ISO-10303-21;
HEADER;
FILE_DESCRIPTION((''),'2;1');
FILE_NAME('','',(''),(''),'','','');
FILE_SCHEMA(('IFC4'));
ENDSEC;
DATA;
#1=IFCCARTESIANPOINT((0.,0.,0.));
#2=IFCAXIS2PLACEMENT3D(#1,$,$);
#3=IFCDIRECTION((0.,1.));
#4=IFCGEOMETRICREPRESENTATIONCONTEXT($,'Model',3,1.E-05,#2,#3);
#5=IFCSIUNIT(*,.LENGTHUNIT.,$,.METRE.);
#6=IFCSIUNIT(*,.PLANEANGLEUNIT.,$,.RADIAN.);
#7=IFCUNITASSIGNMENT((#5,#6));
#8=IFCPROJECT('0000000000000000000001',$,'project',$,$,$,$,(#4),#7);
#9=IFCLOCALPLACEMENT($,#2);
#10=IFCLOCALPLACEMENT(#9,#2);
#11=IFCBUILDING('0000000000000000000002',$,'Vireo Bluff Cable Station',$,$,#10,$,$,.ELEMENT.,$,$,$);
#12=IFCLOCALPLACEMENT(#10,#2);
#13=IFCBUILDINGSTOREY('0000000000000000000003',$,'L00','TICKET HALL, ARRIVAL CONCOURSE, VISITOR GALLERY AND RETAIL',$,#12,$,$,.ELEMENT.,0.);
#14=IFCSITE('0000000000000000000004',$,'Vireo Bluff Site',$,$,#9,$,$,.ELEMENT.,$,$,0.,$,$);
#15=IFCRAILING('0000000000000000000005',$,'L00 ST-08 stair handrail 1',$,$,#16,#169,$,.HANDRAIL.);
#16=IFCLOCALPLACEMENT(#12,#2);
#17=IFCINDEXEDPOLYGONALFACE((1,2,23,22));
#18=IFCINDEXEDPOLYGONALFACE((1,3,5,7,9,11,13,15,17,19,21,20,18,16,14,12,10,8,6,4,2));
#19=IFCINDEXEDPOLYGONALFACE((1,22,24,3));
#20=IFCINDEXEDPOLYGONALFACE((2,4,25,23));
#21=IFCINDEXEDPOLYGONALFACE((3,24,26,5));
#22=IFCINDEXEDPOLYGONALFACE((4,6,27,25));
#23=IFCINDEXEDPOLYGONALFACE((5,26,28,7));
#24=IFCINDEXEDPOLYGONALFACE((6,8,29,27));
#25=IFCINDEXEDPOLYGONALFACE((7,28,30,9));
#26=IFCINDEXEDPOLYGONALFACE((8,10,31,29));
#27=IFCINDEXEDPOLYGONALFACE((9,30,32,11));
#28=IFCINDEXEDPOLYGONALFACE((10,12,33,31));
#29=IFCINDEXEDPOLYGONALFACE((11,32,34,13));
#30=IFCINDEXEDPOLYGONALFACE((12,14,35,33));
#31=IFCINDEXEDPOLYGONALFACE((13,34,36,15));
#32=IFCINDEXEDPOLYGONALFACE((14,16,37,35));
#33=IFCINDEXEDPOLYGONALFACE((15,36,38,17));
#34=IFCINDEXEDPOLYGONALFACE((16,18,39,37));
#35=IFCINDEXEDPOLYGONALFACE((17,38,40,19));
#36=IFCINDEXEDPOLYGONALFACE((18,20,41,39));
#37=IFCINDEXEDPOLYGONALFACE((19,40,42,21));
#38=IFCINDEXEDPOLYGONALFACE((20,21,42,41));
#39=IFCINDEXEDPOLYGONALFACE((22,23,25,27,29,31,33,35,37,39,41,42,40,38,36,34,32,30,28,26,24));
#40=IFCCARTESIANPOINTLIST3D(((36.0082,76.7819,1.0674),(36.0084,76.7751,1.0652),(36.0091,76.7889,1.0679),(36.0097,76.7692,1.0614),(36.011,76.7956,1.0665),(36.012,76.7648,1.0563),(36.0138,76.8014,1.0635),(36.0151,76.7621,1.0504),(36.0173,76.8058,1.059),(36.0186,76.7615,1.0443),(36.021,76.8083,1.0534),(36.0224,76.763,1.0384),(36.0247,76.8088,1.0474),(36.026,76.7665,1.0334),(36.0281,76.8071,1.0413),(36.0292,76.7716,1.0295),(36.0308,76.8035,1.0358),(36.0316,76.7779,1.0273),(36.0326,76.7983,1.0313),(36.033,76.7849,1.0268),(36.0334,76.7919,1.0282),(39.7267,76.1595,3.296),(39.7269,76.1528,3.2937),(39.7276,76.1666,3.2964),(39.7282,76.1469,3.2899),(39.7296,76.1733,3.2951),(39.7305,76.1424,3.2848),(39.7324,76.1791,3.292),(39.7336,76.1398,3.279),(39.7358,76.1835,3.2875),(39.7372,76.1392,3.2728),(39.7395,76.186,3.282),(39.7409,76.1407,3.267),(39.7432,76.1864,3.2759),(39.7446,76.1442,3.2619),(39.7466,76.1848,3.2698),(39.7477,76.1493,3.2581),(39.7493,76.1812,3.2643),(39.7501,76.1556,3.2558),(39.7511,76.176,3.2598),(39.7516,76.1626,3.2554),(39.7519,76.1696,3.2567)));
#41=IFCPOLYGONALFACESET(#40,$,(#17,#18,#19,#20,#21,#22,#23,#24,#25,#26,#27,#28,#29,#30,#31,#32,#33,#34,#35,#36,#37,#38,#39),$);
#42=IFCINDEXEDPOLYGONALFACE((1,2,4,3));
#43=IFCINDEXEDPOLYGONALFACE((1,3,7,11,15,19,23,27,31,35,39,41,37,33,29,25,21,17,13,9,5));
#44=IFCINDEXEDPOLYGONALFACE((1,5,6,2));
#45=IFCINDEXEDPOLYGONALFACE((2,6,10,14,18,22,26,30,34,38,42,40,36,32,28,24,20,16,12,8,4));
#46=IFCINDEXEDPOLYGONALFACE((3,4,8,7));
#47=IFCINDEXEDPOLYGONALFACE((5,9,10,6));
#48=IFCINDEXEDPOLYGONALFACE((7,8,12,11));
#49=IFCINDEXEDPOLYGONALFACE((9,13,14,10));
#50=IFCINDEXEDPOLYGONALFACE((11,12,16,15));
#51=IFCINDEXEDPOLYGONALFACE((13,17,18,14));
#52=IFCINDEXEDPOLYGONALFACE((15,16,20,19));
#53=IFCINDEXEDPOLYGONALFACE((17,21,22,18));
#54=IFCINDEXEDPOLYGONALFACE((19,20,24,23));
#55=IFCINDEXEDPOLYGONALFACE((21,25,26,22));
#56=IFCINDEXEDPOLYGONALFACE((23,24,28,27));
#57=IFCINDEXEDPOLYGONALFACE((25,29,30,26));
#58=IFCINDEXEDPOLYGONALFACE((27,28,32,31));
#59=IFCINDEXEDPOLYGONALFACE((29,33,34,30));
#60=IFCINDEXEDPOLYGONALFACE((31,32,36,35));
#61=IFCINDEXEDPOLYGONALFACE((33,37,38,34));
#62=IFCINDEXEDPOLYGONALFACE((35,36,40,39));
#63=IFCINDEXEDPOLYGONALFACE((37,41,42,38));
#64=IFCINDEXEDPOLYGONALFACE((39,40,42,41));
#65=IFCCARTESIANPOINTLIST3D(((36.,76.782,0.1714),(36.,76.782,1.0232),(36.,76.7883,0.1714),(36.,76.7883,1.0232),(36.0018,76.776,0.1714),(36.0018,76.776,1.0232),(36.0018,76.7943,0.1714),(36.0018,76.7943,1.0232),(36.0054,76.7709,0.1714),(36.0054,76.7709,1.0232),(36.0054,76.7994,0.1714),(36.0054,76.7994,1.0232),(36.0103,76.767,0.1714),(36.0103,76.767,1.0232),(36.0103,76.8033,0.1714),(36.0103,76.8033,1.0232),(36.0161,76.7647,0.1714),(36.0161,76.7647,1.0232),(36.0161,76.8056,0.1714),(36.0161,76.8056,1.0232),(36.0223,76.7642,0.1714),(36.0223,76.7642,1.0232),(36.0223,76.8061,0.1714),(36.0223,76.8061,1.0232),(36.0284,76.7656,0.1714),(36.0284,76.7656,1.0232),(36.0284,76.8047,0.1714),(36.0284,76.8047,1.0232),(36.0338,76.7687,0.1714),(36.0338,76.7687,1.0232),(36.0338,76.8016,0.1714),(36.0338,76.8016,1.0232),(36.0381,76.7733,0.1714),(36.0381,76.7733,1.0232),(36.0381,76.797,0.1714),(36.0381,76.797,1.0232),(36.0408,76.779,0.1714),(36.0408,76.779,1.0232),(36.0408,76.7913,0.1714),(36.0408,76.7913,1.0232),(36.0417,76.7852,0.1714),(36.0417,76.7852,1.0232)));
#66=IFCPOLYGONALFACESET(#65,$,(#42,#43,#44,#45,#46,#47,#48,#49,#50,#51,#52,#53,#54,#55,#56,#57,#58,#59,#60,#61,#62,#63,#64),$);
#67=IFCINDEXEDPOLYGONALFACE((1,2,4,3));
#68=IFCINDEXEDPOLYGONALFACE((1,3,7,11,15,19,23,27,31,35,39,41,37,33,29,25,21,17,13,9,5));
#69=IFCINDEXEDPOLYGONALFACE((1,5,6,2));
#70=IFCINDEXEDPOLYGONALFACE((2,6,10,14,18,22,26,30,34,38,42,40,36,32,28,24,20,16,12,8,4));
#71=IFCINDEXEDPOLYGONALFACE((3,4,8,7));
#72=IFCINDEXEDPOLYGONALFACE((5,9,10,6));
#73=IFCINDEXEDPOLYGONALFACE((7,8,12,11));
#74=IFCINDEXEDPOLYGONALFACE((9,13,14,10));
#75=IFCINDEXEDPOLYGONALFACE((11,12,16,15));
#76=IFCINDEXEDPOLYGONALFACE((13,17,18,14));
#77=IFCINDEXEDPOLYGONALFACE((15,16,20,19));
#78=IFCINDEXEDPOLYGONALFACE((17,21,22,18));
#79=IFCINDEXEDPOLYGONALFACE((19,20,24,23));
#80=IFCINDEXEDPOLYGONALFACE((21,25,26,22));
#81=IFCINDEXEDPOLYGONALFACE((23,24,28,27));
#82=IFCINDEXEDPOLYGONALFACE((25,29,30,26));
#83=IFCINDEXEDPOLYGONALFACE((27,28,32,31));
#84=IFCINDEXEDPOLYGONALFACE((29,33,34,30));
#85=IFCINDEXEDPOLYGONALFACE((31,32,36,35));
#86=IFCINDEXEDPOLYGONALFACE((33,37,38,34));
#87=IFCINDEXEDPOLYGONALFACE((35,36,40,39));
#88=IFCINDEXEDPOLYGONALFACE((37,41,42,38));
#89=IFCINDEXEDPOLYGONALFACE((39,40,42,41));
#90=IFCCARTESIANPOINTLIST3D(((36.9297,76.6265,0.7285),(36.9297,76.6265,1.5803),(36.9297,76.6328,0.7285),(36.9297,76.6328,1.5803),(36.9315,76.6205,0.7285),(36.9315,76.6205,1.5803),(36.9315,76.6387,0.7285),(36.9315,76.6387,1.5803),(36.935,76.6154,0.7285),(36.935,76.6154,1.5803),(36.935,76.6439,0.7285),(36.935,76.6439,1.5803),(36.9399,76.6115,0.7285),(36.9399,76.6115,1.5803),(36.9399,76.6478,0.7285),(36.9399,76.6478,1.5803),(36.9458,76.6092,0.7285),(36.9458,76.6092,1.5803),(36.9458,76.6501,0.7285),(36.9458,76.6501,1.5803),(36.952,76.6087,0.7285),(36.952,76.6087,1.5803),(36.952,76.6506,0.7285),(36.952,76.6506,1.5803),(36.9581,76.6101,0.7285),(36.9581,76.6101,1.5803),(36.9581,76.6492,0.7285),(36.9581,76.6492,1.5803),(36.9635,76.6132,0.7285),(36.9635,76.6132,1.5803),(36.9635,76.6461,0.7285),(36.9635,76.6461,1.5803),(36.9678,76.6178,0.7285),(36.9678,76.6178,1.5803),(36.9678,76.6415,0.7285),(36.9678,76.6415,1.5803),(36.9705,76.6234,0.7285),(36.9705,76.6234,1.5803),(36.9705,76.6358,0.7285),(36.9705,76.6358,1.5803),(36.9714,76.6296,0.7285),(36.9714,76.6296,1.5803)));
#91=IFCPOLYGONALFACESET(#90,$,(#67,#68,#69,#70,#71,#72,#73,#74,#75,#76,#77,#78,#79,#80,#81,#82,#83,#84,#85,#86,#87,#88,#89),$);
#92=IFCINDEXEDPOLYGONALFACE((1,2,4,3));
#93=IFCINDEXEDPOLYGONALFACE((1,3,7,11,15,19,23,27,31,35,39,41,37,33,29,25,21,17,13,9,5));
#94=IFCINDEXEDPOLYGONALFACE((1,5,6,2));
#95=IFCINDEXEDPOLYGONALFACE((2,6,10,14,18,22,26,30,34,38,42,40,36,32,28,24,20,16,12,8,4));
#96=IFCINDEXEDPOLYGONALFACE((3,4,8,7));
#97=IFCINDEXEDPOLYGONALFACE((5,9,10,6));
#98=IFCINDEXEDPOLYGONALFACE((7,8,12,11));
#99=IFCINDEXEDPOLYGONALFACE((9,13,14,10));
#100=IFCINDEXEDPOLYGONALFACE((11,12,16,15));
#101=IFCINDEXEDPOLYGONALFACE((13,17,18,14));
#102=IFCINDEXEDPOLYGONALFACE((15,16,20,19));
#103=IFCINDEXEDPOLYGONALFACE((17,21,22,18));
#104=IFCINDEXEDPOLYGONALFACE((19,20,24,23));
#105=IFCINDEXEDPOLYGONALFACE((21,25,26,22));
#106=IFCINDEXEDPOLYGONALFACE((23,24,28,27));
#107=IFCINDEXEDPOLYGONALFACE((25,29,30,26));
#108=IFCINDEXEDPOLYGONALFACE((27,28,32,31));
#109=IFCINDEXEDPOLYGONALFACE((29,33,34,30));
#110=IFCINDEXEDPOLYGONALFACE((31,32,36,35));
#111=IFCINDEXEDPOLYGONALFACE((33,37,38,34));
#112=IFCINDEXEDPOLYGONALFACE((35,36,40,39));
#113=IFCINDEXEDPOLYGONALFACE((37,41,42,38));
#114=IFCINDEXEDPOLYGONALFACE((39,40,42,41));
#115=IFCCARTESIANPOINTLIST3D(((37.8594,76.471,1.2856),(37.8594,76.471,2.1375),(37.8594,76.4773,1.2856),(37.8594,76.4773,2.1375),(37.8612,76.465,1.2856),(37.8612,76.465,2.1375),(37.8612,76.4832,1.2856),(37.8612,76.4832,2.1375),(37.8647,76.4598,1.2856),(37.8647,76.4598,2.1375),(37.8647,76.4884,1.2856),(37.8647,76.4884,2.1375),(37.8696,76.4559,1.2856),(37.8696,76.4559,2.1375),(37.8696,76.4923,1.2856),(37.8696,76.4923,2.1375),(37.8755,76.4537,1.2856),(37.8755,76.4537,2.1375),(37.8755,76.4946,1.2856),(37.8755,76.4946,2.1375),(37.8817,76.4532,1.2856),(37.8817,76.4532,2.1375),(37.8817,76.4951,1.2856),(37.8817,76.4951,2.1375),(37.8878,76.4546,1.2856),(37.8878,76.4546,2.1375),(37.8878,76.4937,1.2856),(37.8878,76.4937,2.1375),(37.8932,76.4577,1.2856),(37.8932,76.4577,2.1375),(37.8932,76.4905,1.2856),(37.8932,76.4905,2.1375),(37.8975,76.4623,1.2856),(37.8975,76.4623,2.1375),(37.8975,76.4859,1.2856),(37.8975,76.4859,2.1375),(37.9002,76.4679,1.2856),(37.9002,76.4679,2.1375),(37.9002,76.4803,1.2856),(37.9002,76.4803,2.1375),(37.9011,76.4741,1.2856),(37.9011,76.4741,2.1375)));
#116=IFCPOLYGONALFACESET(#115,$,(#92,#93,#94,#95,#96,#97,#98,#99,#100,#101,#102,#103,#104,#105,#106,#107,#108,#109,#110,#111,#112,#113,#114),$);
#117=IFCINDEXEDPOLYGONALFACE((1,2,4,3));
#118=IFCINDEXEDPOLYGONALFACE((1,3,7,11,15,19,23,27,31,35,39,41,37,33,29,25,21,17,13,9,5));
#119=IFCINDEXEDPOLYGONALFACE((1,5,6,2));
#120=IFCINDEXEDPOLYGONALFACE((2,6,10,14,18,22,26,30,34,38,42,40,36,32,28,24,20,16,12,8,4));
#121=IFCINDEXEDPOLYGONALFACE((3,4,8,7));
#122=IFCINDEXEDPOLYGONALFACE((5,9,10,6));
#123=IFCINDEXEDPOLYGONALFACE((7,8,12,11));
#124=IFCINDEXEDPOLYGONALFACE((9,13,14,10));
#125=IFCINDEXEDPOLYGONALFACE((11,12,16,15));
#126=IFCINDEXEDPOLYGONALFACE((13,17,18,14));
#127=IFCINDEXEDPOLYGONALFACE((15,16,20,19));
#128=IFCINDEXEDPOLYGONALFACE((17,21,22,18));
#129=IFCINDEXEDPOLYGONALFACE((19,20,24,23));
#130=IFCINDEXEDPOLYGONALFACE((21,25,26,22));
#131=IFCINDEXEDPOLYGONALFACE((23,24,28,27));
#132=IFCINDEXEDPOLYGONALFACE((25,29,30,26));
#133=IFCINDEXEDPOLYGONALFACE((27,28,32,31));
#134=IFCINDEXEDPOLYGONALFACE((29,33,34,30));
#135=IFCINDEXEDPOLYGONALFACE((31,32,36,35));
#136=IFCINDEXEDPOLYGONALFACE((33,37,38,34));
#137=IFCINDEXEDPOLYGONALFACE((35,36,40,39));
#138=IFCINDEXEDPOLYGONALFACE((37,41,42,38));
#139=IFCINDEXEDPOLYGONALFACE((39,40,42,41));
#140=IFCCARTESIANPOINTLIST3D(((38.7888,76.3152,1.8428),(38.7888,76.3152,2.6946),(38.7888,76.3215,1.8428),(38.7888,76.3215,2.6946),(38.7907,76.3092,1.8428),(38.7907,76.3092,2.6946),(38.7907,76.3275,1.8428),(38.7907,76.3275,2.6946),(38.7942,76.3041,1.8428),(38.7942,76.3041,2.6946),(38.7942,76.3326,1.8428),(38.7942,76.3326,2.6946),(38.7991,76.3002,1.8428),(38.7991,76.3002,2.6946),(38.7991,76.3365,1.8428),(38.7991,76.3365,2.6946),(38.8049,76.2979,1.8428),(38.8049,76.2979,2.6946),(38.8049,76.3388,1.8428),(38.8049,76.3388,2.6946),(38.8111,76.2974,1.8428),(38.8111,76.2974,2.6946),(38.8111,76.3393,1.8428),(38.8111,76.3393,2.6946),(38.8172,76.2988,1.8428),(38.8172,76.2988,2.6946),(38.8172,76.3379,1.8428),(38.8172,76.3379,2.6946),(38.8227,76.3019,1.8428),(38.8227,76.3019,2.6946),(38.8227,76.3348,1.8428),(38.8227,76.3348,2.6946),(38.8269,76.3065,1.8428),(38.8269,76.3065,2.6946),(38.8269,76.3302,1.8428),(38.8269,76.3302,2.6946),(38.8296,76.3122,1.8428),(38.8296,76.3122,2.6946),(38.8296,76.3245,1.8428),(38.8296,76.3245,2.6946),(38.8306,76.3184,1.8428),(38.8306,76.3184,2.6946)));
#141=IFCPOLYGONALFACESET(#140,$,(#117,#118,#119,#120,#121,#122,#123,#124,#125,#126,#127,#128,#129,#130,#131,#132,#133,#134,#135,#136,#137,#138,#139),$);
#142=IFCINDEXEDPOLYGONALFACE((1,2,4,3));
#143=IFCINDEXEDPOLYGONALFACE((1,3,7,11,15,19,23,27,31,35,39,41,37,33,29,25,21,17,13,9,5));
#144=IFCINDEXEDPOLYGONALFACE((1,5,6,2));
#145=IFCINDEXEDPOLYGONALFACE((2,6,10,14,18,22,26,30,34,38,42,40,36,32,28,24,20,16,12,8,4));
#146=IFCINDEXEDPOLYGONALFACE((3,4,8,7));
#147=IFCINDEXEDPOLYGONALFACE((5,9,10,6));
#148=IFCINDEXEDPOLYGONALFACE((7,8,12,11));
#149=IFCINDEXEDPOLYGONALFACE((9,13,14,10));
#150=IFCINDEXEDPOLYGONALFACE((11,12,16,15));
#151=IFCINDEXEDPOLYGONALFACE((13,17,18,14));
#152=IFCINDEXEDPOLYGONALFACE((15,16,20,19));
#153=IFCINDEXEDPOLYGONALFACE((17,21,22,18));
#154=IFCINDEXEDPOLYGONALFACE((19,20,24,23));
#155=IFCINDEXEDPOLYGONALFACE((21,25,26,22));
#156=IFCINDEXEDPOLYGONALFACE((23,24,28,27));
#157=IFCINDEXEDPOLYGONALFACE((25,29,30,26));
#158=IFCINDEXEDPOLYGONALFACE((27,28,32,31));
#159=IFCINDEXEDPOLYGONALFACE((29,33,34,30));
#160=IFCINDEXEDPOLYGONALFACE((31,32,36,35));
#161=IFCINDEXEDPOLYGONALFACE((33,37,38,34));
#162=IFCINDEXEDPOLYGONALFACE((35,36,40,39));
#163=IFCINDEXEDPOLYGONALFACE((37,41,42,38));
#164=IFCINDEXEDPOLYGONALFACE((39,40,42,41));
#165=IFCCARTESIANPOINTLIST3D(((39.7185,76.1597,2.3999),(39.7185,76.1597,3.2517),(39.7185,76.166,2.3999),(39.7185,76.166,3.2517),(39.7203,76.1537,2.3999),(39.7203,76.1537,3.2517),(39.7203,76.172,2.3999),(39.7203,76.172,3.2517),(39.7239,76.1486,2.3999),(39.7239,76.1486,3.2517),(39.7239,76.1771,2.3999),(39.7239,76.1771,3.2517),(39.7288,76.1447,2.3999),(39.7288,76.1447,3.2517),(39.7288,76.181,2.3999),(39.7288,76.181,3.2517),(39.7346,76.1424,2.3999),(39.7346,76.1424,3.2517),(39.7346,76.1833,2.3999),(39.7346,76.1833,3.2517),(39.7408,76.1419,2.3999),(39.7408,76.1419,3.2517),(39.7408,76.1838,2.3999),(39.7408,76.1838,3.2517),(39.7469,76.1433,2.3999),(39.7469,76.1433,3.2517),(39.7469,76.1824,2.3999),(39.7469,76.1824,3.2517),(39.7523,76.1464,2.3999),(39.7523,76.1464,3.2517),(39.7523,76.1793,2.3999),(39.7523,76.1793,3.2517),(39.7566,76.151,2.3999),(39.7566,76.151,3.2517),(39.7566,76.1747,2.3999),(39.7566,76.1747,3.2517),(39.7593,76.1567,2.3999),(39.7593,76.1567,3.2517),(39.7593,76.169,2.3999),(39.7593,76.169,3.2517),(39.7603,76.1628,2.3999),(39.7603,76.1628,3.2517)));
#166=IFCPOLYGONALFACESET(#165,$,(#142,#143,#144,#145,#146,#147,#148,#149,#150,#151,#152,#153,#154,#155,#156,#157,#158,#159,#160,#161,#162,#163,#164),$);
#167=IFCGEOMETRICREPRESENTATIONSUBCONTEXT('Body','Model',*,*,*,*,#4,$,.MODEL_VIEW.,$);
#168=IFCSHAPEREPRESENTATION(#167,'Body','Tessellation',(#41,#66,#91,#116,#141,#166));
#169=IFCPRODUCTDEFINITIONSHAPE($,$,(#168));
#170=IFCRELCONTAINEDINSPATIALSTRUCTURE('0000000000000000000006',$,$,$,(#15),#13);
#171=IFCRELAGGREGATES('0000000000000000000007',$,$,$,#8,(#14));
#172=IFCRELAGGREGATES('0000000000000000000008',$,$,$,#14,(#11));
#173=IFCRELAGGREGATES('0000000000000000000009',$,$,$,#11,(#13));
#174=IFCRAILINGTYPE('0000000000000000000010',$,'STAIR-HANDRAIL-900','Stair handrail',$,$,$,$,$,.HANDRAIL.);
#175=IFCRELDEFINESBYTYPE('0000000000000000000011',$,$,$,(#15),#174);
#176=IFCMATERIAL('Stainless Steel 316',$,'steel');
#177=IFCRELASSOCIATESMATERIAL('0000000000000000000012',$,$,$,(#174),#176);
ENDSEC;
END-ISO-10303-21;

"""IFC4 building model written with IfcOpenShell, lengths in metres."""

from ifc_helpers import new_model, si_unit, direction, frame, origin, origin_2d, place, context, subcontext, project, spatial, circle, extrude, material, type_object, element, save


model = new_model("IFC4")

# Units and contexts
model_context = context("Model", 3, precision=1e-05, world=origin(), true_north=direction((0.0, 1.0)))
body_context = subcontext(model_context, "Body", "Model", "MODEL_VIEW")
ifc_project = project(units=[si_unit("LENGTHUNIT", "METRE"), si_unit("PLANEANGLEUNIT", "RADIAN")], contexts=[model_context])

# Site, building, storey
site_placement = place(None, origin())
site = spatial("IfcSite", under=ifc_project, at=site_placement, Name="Vireo Bluff Site", CompositionType="ELEMENT", RefElevation=0.0)
building_placement = place(site_placement, origin())
building = spatial("IfcBuilding", under=site, at=building_placement, Name="Vireo Bluff Cable Station", CompositionType="ELEMENT")
storey_placement = place(building_placement, origin())
storey = spatial("IfcBuildingStorey", under=building, at=storey_placement, Name="L00", Description="TICKET HALL, ARRIVAL CONCOURSE, VISITOR GALLERY AND RETAIL", CompositionType="ELEMENT", Elevation=0.0)

# Railing
ifc_material_1 = material(Name="Stainless Steel 316", Category="steel")
railing_type_1 = type_object("IfcRailingType", Name="STAIR-HANDRAIL-900", Description="Stair handrail", PredefinedType="HANDRAIL", material=ifc_material_1)
railing_1_placement = place(storey_placement, frame((36.0208, 76.7852, 0.1714)))
element("IfcRailing", 1, at=railing_1_placement, inside=storey, type_object=railing_type_1, Name="L00 ST-08 stair handrail 1", PredefinedType="HANDRAIL", context=body_context, shape_type="SweptSolid", body=[
    extrude(circle(Radius=0.0239, at=origin_2d()), frame((0.0, 0.0, 0.876), z_axis=(0.849053, -0.142094, 0.508841), x_axis=(0.165061, 0.986283, 0.0)), (0.0, 0.0, 1.0), 4.3796),
    extrude(circle(Radius=0.021, at=origin_2d()), origin(), (0.0, 0.0, 1.0), 0.8518),
    extrude(circle(Radius=0.021, at=origin_2d()), frame((0.9297, -0.1555, 0.5571)), (0.0, 0.0, 1.0), 0.8518),
    extrude(circle(Radius=0.021, at=origin_2d()), frame((1.8594, -0.311, 1.1143)), (0.0, 0.0, 1.0), 0.8518),
    extrude(circle(Radius=0.021, at=origin_2d()), frame((2.7888, -0.4668, 1.6714)), (0.0, 0.0, 1.0), 0.8518),
    extrude(circle(Radius=0.021, at=origin_2d()), frame((3.7185, -0.6223, 2.2285)), (0.0, 0.0, 1.0), 0.8518),
])

save(model, "model.ifc")
